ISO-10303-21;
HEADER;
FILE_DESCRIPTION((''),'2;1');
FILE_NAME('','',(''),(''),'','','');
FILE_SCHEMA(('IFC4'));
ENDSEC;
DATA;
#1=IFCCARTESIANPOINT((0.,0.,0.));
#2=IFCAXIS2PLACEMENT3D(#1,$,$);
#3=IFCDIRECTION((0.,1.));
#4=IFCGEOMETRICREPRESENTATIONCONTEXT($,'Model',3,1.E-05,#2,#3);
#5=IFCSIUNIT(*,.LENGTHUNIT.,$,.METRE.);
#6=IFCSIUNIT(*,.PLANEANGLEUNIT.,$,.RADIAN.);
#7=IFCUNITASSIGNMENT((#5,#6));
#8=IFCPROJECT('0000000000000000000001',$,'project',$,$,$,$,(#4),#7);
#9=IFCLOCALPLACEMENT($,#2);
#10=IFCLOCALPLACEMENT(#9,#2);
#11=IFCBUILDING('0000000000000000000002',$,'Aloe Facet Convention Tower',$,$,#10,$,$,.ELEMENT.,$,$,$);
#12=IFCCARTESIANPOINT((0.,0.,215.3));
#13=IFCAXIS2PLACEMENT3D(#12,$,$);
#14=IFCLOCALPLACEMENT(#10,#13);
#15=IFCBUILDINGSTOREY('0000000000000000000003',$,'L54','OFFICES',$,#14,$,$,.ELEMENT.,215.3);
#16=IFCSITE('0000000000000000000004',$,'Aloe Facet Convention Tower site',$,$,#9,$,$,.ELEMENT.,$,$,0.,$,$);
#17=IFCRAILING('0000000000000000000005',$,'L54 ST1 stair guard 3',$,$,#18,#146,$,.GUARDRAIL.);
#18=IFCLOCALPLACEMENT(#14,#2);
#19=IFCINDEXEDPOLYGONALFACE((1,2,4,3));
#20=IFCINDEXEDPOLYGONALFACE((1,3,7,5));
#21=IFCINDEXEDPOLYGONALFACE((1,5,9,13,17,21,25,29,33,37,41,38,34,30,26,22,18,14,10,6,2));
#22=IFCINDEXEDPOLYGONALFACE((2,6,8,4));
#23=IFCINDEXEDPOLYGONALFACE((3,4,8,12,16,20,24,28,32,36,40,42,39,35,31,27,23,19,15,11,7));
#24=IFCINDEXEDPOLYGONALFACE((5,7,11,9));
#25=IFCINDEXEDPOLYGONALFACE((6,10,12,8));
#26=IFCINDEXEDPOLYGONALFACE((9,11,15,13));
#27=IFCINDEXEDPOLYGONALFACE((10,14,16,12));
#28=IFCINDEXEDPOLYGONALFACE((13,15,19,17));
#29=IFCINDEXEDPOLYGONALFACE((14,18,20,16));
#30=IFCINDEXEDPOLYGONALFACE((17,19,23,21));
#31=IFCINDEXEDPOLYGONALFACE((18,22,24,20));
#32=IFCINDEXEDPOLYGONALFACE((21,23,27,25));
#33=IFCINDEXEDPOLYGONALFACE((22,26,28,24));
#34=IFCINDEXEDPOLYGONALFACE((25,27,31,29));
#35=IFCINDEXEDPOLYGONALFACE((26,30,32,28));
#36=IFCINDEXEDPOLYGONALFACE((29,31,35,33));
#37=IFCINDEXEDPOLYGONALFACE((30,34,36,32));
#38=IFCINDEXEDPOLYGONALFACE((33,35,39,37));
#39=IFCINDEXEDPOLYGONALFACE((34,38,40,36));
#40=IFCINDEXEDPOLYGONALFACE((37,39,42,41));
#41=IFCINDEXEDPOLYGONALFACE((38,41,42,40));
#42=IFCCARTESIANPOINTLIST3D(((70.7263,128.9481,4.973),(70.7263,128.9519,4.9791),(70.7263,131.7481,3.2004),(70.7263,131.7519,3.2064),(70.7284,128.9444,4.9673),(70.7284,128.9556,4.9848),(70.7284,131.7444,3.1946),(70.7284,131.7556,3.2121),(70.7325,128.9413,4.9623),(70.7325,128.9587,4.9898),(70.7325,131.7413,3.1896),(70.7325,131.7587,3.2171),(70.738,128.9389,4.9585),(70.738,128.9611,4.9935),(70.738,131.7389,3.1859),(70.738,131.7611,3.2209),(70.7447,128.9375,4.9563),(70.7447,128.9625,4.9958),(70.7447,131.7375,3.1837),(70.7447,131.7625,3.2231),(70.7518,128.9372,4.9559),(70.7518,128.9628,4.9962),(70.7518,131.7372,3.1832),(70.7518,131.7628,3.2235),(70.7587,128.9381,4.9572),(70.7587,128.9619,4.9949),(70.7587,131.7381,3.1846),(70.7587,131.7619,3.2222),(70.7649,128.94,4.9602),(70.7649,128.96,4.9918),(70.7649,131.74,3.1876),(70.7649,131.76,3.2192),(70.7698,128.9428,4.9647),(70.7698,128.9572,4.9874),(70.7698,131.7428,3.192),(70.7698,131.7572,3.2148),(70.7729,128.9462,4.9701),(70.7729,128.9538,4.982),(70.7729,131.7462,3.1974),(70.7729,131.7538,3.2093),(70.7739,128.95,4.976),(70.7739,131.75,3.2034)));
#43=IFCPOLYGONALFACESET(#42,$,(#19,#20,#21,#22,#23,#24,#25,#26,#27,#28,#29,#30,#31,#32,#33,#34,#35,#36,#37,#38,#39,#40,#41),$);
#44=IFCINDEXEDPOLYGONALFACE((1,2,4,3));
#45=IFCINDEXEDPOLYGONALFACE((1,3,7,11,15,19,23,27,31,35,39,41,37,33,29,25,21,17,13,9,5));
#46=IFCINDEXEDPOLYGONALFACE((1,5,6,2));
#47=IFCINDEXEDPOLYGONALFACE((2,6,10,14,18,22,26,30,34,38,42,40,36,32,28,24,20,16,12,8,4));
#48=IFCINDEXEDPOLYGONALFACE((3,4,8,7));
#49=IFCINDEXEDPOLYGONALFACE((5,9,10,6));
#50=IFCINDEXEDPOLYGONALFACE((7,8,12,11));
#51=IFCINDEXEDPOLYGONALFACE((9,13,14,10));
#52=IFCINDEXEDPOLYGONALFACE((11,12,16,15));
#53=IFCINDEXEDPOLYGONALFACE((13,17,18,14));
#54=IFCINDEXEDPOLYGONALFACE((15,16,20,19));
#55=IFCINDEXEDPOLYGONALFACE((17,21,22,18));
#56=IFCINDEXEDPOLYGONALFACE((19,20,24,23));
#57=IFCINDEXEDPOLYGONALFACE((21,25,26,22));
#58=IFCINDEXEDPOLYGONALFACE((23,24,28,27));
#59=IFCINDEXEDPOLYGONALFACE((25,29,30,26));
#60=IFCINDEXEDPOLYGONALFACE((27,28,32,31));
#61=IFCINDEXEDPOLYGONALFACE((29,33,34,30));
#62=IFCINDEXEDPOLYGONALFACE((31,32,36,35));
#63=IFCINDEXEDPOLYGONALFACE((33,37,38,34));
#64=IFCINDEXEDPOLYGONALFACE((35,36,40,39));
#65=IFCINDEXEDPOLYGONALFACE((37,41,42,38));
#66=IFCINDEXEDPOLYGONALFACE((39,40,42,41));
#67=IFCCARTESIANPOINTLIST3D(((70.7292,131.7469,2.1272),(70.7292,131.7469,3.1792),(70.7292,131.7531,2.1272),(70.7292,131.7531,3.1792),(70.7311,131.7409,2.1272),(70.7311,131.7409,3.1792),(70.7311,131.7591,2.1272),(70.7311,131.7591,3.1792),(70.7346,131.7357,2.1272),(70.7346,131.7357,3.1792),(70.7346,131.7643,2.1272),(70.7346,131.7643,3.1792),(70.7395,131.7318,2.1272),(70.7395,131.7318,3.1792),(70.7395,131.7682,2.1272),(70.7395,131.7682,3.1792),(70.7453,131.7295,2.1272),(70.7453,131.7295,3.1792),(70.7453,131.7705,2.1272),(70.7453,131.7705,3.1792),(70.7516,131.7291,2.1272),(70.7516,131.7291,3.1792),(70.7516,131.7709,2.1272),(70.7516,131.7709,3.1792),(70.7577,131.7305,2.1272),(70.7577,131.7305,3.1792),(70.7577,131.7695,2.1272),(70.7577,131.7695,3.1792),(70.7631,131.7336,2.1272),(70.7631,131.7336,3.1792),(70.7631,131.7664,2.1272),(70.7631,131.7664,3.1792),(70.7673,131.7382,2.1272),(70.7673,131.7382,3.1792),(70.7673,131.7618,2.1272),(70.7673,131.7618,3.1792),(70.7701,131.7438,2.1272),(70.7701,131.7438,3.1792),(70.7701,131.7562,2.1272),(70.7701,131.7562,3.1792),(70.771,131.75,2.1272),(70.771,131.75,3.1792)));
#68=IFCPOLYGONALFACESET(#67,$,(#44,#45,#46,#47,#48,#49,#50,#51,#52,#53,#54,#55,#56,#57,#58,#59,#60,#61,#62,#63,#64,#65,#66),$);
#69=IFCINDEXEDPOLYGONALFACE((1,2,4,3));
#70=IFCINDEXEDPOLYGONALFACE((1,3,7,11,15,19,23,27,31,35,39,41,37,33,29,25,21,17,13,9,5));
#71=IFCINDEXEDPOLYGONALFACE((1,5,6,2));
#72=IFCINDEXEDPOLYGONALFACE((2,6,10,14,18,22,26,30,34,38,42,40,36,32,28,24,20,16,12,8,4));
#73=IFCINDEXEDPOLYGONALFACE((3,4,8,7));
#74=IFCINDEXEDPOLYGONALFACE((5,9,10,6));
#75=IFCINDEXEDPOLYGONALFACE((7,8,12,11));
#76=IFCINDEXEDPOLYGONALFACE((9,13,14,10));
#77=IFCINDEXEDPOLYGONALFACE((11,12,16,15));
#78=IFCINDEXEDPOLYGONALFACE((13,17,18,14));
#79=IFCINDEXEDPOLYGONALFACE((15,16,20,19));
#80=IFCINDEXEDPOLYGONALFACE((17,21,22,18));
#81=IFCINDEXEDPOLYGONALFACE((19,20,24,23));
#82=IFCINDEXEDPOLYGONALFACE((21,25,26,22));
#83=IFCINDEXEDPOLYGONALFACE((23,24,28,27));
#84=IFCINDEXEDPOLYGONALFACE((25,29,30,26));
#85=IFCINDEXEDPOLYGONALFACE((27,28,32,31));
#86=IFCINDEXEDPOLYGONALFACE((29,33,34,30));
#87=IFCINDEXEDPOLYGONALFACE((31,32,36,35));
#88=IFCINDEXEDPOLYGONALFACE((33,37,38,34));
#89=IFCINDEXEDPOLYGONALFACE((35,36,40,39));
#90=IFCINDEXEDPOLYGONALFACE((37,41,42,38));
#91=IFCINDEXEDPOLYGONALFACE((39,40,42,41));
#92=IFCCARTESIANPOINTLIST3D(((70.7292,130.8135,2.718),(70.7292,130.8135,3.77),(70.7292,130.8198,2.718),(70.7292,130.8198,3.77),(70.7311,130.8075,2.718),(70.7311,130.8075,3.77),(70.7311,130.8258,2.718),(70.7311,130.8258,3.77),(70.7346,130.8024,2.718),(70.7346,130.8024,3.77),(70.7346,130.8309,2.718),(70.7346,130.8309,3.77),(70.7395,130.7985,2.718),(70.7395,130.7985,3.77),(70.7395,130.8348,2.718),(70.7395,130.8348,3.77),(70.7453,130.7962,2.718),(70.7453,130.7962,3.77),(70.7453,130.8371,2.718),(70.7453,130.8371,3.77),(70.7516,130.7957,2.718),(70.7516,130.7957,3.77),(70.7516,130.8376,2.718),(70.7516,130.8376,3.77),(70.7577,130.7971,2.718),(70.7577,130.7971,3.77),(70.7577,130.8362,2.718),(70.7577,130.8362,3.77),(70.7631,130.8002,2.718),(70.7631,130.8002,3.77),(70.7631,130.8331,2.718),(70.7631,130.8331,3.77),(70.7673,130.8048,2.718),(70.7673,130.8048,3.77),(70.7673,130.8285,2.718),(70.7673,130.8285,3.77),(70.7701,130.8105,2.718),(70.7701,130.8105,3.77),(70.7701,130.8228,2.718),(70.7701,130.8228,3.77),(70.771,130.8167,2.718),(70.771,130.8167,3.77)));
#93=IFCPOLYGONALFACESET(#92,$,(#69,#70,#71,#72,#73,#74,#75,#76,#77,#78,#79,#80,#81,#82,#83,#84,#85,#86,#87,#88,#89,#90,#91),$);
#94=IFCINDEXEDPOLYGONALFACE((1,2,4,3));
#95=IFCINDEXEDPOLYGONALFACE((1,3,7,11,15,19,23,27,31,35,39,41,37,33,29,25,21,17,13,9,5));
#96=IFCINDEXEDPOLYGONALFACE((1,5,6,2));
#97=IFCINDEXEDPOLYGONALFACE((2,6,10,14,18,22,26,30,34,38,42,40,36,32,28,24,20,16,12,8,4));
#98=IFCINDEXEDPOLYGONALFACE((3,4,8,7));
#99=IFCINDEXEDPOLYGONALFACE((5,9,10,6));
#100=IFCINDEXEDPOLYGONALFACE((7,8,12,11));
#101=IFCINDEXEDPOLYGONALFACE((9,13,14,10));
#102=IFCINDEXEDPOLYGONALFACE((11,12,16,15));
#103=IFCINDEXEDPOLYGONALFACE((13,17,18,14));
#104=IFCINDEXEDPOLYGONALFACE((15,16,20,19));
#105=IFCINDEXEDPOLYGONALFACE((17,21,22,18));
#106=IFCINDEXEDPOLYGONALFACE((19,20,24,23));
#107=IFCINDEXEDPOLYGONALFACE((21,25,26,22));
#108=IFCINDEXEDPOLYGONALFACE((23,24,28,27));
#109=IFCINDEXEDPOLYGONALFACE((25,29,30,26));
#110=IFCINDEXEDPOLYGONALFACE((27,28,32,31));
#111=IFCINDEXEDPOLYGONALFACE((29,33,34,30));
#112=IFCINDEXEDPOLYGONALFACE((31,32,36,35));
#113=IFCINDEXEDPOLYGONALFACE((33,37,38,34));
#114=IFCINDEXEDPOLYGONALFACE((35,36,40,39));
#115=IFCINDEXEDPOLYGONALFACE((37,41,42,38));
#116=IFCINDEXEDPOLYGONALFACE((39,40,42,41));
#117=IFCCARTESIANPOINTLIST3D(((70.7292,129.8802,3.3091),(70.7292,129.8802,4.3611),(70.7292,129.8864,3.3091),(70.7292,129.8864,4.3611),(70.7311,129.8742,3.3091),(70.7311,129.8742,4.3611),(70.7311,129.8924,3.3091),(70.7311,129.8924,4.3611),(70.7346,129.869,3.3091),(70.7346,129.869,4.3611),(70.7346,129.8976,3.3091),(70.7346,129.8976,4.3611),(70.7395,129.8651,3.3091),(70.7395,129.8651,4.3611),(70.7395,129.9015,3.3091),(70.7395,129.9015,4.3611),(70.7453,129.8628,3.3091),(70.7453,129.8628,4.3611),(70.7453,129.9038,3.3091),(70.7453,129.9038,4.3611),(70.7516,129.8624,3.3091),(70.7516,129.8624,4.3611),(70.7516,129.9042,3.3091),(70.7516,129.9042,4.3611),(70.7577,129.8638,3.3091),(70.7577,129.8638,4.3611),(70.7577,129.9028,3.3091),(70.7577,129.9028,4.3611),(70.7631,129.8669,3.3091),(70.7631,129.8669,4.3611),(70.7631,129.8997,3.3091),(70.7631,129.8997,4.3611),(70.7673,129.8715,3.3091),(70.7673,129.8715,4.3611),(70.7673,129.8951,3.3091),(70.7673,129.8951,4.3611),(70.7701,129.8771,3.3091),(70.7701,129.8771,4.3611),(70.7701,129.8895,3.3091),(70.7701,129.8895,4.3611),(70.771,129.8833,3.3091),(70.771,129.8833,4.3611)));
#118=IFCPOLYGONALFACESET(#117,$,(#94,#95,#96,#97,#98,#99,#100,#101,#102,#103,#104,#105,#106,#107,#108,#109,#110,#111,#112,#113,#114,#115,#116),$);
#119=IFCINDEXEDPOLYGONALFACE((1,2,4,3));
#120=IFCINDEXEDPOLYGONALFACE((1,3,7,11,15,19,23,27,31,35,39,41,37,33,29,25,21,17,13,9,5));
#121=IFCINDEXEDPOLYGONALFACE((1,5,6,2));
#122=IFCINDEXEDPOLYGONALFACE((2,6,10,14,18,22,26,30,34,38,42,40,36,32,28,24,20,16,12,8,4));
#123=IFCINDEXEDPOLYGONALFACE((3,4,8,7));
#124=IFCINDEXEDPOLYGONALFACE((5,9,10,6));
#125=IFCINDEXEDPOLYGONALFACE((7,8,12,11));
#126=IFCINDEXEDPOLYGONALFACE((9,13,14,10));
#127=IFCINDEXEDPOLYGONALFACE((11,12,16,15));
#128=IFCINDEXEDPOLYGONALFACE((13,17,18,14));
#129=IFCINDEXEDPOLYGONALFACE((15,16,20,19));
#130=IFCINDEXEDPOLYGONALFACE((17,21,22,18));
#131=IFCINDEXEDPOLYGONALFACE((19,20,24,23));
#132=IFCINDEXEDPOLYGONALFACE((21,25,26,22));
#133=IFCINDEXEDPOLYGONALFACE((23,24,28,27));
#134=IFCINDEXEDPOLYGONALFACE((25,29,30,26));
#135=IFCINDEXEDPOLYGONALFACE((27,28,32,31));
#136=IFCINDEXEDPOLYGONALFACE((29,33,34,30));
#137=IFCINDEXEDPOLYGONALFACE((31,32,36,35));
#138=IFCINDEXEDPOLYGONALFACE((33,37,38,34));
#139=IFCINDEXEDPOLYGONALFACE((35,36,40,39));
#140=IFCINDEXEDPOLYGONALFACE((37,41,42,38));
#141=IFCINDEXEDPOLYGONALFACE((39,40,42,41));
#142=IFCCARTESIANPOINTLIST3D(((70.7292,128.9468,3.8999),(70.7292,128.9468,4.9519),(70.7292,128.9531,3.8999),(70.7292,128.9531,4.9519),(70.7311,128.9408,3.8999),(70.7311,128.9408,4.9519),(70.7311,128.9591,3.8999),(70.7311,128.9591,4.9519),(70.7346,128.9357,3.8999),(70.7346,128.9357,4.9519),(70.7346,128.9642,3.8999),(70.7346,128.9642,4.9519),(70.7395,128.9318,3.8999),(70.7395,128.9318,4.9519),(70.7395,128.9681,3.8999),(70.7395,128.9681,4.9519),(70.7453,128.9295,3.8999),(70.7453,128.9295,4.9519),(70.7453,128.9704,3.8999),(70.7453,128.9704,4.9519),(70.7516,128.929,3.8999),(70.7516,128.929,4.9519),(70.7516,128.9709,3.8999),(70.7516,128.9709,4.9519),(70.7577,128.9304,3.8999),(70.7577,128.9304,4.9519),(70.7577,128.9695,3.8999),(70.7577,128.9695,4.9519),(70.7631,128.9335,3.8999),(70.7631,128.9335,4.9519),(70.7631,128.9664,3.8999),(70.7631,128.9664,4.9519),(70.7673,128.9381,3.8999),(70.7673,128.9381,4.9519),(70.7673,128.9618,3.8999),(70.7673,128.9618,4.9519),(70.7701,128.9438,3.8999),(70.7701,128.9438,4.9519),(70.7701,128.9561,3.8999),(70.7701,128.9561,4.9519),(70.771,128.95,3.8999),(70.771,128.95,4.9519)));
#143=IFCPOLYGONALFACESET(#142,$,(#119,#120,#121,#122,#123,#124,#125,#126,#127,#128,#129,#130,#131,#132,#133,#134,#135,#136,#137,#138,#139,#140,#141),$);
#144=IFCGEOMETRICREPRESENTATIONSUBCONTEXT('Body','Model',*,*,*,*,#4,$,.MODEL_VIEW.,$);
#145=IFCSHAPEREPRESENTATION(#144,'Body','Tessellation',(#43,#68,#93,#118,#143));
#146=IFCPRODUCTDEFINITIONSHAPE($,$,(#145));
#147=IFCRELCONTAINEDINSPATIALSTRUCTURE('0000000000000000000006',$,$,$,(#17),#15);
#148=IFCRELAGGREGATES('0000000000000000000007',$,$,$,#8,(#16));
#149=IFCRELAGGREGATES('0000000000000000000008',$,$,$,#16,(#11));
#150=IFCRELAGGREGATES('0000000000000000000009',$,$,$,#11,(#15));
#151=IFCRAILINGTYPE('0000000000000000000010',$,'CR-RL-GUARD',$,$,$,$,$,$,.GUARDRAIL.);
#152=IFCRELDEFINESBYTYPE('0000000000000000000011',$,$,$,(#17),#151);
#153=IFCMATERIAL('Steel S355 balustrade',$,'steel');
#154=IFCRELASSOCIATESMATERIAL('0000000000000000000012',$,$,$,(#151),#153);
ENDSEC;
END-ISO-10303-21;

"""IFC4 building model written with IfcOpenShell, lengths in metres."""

from ifc_helpers import new_model, si_unit, direction, frame, origin, origin_2d, place, context, subcontext, project, spatial, circle, extrude, material, type_object, element, save


model = new_model("IFC4")

# Units and contexts
model_context = context("Model", 3, precision=1e-05, world=origin(), true_north=direction((0.0, 1.0)))
body_context = subcontext(model_context, "Body", "Model", "MODEL_VIEW")
ifc_project = project(units=[si_unit("LENGTHUNIT", "METRE"), si_unit("PLANEANGLEUNIT", "RADIAN")], contexts=[model_context])

# Site, building, storey
site_placement = place(None, origin())
site = spatial("IfcSite", under=ifc_project, at=site_placement, Name="Aloe Facet Convention Tower site", CompositionType="ELEMENT", RefElevation=0.0)
building_placement = place(site_placement, origin())
building = spatial("IfcBuilding", under=site, at=building_placement, Name="Aloe Facet Convention Tower", CompositionType="ELEMENT")
storey_placement = place(building_placement, frame((0.0, 0.0, 215.3)))
storey = spatial("IfcBuildingStorey", under=building, at=storey_placement, Name="L54", Description="OFFICES", CompositionType="ELEMENT", Elevation=215.3)

# Railing
ifc_material_1 = material(Name="Steel S355 balustrade", Category="steel")
railing_type_1 = type_object("IfcRailingType", Name="CR-RL-GUARD", PredefinedType="GUARDRAIL", material=ifc_material_1)
railing_1_placement = place(storey_placement, frame((70.75, 131.75, 2.1272)))
element("IfcRailing", 1, at=railing_1_placement, inside=storey, type_object=railing_type_1, Name="L54 ST1 stair guard 3", PredefinedType="GUARDRAIL", context=body_context, shape_type="SweptSolid", body=[
    extrude(circle(Radius=0.0239, at=origin_2d()), frame((0.0, 0.0, 1.0762), z_axis=(0.0, -0.844909, 0.53491), x_axis=(1.0, 0.0, 0.0)), (0.0, 0.0, 1.0), 3.314),
    extrude(circle(Radius=0.021, at=origin_2d()), origin(), (0.0, 0.0, 1.0), 1.052),
    extrude(circle(Radius=0.021, at=origin_2d()), frame((0.0, -0.9333, 0.5908)), (0.0, 0.0, 1.0), 1.052),
    extrude(circle(Radius=0.021, at=origin_2d()), frame((0.0, -1.8667, 1.1819)), (0.0, 0.0, 1.0), 1.052),
    extrude(circle(Radius=0.021, at=origin_2d()), frame((0.0, -2.8, 1.7727)), (0.0, 0.0, 1.0), 1.052),
])

save(model, "model.ifc")
